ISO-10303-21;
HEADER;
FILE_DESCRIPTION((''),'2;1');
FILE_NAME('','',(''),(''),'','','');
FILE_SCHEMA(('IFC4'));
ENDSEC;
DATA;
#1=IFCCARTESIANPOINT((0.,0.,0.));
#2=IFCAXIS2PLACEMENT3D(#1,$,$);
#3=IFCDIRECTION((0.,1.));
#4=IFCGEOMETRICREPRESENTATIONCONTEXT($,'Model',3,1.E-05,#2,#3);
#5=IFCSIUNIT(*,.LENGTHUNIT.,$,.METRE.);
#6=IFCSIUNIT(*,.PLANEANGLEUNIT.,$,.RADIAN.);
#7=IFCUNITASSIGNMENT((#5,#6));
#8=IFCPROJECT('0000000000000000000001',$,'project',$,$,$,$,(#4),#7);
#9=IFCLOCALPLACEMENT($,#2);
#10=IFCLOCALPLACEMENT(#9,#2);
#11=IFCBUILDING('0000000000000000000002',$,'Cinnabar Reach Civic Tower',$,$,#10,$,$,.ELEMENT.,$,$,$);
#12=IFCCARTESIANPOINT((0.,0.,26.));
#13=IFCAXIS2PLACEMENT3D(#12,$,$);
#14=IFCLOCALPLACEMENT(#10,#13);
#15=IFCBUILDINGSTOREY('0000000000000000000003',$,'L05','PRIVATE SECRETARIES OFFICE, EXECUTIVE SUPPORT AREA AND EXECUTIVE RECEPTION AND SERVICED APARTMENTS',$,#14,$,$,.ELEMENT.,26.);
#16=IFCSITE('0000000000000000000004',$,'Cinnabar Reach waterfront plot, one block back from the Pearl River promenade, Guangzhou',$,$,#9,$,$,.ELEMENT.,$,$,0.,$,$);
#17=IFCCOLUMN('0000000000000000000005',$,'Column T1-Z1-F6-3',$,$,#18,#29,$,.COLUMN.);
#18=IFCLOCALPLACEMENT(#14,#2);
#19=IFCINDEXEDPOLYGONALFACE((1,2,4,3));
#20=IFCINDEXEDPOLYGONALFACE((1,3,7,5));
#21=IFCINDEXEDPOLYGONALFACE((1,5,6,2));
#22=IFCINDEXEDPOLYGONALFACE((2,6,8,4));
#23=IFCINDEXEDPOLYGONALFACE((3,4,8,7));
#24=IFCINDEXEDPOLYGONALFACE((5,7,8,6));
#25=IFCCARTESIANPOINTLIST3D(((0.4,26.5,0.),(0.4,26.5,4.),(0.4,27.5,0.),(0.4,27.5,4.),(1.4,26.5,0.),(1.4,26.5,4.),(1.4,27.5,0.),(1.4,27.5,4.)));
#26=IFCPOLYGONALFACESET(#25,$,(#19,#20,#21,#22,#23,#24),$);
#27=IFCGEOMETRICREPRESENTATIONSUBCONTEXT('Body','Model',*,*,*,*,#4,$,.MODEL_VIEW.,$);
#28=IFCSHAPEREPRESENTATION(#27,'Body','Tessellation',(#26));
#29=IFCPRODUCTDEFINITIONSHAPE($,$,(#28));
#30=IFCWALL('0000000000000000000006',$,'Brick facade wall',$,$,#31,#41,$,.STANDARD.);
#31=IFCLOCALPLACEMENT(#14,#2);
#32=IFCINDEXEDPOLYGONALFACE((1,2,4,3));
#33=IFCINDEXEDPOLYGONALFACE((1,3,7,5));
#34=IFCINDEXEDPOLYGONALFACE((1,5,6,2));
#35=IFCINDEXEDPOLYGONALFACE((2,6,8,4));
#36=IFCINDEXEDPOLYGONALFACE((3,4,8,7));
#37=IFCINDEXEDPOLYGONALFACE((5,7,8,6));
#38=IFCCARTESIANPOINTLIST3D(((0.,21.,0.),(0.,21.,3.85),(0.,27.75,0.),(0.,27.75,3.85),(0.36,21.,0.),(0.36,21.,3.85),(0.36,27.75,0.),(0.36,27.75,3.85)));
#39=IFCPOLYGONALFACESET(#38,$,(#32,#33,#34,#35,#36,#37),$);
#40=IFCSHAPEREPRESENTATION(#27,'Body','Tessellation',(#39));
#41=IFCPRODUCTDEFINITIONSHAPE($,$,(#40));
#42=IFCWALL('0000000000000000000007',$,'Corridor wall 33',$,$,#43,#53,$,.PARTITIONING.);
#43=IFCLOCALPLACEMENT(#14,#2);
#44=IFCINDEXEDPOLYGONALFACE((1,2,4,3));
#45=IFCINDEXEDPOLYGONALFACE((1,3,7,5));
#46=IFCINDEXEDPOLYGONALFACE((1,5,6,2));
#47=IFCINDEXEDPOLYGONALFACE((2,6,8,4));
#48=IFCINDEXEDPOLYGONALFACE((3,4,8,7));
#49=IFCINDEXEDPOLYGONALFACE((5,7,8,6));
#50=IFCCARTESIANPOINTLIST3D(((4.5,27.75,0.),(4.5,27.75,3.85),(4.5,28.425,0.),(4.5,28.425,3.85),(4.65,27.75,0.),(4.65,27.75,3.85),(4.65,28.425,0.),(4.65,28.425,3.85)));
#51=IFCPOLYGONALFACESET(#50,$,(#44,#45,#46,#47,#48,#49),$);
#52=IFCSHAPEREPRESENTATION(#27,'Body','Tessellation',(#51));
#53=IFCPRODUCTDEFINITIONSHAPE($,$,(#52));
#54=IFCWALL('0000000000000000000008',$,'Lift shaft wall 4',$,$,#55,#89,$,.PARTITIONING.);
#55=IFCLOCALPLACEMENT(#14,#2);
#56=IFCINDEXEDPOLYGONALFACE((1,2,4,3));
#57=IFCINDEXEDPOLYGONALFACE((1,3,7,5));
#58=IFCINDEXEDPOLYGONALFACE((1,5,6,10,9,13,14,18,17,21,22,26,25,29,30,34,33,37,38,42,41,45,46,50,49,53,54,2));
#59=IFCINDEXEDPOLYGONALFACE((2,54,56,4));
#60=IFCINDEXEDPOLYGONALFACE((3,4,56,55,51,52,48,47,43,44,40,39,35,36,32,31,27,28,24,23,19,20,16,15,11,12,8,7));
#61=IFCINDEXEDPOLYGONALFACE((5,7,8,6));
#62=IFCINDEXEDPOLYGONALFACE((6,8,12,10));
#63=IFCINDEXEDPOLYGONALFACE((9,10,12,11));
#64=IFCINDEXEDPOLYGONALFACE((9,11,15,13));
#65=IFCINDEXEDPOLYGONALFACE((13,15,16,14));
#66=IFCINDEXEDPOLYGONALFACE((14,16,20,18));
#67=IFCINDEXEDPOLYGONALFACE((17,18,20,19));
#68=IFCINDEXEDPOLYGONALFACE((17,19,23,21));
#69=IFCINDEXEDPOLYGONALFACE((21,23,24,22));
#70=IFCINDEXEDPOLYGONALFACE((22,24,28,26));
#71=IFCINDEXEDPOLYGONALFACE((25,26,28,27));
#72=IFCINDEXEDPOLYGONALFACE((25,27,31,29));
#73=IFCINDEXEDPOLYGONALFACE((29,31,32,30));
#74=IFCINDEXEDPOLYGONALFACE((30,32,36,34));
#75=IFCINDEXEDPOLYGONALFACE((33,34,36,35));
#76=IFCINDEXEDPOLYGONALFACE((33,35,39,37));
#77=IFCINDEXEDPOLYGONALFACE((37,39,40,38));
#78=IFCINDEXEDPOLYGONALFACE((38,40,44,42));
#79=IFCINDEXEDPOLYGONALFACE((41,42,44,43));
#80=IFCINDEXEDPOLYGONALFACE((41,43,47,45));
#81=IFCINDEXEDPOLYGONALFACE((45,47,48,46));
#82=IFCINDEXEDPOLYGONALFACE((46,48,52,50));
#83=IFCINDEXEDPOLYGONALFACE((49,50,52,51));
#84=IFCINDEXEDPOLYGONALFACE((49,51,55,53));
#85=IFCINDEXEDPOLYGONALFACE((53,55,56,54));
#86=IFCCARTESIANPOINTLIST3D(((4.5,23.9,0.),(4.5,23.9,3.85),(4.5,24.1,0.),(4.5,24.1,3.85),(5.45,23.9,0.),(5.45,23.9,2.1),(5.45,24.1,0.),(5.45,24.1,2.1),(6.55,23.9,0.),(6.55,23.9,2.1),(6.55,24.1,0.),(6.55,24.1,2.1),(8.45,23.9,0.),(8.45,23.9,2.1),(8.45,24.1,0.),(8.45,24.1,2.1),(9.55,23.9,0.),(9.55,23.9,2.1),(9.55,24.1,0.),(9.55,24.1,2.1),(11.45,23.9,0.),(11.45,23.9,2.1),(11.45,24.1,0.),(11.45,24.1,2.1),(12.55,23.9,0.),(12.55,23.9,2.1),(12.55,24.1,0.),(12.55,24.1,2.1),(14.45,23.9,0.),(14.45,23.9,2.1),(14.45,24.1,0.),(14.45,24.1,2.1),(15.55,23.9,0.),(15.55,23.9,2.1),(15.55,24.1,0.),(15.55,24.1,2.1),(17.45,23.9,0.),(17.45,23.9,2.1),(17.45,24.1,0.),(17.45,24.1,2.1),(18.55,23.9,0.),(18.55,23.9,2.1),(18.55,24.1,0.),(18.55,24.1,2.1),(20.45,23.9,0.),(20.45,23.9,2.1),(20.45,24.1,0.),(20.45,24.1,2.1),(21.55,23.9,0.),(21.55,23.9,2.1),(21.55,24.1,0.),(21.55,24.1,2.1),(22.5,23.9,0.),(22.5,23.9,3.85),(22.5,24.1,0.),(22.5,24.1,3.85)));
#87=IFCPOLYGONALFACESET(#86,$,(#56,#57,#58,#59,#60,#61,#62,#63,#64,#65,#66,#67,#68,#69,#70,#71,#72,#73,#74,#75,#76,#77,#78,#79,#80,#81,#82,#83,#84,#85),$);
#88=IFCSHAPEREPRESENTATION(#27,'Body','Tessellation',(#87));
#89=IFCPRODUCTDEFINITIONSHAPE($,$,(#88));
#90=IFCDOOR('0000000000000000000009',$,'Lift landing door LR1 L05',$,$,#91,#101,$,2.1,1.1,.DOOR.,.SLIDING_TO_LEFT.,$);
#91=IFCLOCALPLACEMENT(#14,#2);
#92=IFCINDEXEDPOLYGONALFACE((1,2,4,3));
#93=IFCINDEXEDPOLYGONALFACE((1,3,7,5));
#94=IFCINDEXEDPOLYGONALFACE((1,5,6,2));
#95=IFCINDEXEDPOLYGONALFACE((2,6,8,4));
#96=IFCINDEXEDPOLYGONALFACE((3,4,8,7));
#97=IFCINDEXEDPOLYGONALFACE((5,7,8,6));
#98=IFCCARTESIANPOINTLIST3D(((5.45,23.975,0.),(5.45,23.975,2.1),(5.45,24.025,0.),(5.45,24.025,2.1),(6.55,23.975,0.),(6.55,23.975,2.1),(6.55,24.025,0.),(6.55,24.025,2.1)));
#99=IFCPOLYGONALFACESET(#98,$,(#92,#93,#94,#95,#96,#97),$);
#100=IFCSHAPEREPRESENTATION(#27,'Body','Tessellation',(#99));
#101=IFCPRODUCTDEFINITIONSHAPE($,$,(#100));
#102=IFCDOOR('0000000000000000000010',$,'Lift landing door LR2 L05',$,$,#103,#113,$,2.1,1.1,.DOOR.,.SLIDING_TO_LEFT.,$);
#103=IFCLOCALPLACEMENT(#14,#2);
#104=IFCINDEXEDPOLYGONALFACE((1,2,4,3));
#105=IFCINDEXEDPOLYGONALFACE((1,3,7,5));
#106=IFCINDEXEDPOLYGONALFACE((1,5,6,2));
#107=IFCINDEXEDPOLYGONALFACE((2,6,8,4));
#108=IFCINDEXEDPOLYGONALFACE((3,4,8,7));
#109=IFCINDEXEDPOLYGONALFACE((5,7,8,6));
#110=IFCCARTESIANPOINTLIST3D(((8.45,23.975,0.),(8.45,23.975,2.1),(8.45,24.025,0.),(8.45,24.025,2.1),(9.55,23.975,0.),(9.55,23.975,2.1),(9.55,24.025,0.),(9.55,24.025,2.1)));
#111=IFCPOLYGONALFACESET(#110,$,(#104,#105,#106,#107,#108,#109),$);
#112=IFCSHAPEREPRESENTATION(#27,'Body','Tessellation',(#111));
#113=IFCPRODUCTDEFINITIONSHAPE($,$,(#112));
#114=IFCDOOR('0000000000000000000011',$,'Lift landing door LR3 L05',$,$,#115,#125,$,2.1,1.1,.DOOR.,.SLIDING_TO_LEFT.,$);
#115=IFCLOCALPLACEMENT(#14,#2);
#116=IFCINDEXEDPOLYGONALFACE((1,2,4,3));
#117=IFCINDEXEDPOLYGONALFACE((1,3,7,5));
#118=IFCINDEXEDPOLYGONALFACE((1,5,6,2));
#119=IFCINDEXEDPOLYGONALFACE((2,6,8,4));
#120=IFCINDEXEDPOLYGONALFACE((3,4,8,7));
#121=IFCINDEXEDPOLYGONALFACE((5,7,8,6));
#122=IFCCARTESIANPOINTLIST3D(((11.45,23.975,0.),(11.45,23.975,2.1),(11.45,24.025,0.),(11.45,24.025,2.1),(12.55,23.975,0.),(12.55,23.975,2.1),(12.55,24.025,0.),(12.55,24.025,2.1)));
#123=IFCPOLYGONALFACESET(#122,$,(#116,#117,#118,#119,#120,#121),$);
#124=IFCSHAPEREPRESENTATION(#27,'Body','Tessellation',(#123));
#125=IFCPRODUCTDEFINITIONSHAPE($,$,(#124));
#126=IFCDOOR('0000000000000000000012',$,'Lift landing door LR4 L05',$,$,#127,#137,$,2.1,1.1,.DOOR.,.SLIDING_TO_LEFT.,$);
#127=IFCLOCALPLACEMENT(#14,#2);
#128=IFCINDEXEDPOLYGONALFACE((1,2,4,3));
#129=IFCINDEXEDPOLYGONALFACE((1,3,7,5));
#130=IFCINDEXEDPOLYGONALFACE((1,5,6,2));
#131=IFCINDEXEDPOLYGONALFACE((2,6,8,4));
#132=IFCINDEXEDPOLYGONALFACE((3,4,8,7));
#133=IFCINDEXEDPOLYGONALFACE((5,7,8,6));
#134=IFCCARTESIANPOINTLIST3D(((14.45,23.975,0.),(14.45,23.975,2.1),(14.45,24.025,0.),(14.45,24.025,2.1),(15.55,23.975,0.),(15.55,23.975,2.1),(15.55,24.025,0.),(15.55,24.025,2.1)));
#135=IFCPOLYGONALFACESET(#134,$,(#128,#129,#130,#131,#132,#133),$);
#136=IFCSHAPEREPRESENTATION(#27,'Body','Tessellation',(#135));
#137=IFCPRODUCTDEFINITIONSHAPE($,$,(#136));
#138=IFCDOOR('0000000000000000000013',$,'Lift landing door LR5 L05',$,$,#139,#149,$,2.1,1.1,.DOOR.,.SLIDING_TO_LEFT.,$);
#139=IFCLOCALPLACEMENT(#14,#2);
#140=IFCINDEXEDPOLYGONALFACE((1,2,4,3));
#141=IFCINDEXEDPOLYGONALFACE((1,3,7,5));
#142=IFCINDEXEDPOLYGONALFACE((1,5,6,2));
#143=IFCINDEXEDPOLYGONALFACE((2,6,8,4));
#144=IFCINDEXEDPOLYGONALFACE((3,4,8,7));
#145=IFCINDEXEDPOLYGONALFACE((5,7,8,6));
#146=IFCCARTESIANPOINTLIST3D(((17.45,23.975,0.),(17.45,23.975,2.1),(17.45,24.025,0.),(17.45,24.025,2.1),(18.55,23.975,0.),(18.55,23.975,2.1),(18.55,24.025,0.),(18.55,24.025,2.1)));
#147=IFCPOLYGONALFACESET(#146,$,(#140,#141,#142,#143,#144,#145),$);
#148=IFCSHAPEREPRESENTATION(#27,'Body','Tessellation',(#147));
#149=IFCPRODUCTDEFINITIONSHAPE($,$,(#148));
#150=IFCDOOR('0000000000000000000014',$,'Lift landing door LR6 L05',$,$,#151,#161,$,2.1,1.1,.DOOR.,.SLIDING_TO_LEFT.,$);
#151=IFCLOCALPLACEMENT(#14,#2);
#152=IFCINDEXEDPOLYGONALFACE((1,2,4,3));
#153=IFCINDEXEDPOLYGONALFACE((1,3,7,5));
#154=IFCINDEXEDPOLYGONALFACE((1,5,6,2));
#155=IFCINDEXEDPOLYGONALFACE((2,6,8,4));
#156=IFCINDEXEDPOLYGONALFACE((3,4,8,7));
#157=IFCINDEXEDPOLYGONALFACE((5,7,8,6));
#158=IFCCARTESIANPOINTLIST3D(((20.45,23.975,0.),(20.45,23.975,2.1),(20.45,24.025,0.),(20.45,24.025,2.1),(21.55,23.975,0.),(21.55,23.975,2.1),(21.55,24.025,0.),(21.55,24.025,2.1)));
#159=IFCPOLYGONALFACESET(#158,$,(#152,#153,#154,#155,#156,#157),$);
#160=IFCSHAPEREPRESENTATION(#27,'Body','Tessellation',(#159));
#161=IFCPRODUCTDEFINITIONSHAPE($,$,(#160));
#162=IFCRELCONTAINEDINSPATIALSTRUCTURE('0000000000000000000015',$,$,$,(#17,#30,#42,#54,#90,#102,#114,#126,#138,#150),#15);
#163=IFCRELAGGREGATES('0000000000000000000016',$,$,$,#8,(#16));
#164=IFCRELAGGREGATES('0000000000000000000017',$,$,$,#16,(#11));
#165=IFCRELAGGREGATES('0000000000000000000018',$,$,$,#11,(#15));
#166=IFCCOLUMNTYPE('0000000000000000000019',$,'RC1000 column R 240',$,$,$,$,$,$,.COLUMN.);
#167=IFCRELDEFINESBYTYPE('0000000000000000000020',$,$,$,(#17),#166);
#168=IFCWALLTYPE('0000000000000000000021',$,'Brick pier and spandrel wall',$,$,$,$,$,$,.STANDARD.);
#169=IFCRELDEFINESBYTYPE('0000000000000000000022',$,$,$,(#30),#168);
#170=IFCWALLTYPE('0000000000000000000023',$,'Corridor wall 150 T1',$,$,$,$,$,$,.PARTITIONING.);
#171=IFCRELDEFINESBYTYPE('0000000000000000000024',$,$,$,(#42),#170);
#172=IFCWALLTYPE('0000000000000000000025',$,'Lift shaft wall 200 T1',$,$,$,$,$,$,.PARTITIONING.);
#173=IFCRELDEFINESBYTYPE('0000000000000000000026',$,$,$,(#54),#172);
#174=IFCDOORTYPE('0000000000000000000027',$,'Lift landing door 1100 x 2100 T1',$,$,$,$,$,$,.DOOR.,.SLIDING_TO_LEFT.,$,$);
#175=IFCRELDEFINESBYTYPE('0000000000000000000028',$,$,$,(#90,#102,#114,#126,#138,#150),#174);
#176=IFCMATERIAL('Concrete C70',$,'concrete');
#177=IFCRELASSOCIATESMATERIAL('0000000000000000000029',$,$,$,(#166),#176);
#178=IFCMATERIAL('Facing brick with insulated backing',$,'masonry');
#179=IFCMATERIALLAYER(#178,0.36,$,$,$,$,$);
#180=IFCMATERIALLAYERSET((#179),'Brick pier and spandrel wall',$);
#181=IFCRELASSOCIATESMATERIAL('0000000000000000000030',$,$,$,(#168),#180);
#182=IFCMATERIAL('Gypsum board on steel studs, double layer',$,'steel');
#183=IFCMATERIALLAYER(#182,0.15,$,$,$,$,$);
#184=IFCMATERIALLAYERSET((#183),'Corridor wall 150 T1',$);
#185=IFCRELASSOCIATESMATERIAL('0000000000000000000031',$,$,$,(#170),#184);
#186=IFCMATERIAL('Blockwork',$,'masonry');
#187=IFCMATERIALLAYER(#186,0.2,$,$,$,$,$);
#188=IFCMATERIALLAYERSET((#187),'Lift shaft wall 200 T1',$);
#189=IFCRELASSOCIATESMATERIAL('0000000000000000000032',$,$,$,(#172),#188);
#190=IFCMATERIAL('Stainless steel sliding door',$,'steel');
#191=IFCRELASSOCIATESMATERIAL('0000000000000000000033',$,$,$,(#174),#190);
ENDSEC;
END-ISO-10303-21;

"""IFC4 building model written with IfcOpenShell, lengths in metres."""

from ifc_helpers import new_model, si_unit, direction, frame, frame_2d, origin, origin_2d, place, context, subcontext, project, spatial, rectangle, extrude, material, layer, layer_set, material_profile, profile_set, type_object, element, fill, save


model = new_model("IFC4")

# Units and contexts
model_context = context("Model", 3, precision=1e-05, world=origin(), true_north=direction((0.0, 1.0)))
body_context = subcontext(model_context, "Body", "Model", "MODEL_VIEW")
ifc_project = project(units=[si_unit("LENGTHUNIT", "METRE"), si_unit("PLANEANGLEUNIT", "RADIAN")], contexts=[model_context])

# Site, building, storey
site_placement = place(None, origin())
site = spatial("IfcSite", under=ifc_project, at=site_placement, Name="Cinnabar Reach waterfront plot, one block back from the Pearl River promenade, Guangzhou", CompositionType="ELEMENT", RefElevation=0.0)
building_placement = place(site_placement, origin())
building = spatial("IfcBuilding", under=site, at=building_placement, Name="Cinnabar Reach Civic Tower", CompositionType="ELEMENT")
storey_placement = place(building_placement, frame((0.0, 0.0, 26.0)))
storey = spatial("IfcBuildingStorey", under=building, at=storey_placement, Name="L05", Description="PRIVATE SECRETARIES OFFICE, EXECUTIVE SUPPORT AREA AND EXECUTIVE RECEPTION AND SERVICED APARTMENTS", CompositionType="ELEMENT", Elevation=26.0)

# Column
ifc_material_1 = material(Name="Concrete C70", Category="concrete")
ifc_material_profile = material_profile(ifc_material_1, rectangle(XDim=1.0, YDim=1.0, at=origin_2d()), Name="RC1000")
ifc_profile_set = profile_set([ifc_material_profile], Name="Concrete C70")
column_type = type_object("IfcColumnType", Name="RC1000 column R 240", PredefinedType="COLUMN", material=ifc_profile_set)
column_placement = place(storey_placement, frame((0.9, 27.0, 0.0), z_axis=(0.0, 0.0, 1.0), x_axis=(1.0, 0.0, 0.0)))
element("IfcColumn", 1, at=column_placement, inside=storey, type_object=column_type, Name="Column T1-Z1-F6-3", PredefinedType="COLUMN", context=body_context, shape_type="SweptSolid", body=[
    extrude(rectangle(XDim=1.0, YDim=1.0, at=origin_2d()), origin(), (0.0, 0.0, 1.0), 4.0),
])

# Walls
ifc_material_2 = material(Name="Facing brick with insulated backing", Category="masonry")
ifc_layer_1 = layer(ifc_material_2, 0.36)
ifc_layer_set_1 = layer_set([ifc_layer_1], Name="Brick pier and spandrel wall")
wall_type_1 = type_object("IfcWallType", Name="Brick pier and spandrel wall", PredefinedType="STANDARD", material=ifc_layer_set_1)
wall_1_placement = place(storey_placement, frame((0.18, 27.75, 0.0), z_axis=(0.0, 0.0, 1.0), x_axis=(0.0, -1.0, 0.0)))
element("IfcWall", 2, at=wall_1_placement, inside=storey, type_object=wall_type_1, Name="Brick facade wall", PredefinedType="STANDARD", context=body_context, shape_type="SweptSolid", body=[
    extrude(rectangle(XDim=6.75, YDim=0.36, at=frame_2d((3.375, 0.0))), origin(), (0.0, 0.0, 1.0), 3.85),
])
ifc_material_3 = material(Name="Gypsum board on steel studs, double layer", Category="steel")
ifc_layer_2 = layer(ifc_material_3, 0.15)
ifc_layer_set_2 = layer_set([ifc_layer_2], Name="Corridor wall 150 T1")
wall_type_2 = type_object("IfcWallType", Name="Corridor wall 150 T1", PredefinedType="PARTITIONING", material=ifc_layer_set_2)
wall_2_placement = place(storey_placement, frame((4.575, 27.75, 0.0), z_axis=(0.0, 0.0, 1.0), x_axis=(0.0, 1.0, 0.0)))
element("IfcWall", 3, at=wall_2_placement, inside=storey, type_object=wall_type_2, Name="Corridor wall 33", PredefinedType="PARTITIONING", context=body_context, shape_type="SweptSolid", body=[
    extrude(rectangle(XDim=0.675, YDim=0.15, at=frame_2d((0.3375, 0.0))), origin(), (0.0, 0.0, 1.0), 3.85),
])

# Wall, openings, doors
ifc_material_4 = material(Name="Blockwork", Category="masonry")
ifc_layer_3 = layer(ifc_material_4, 0.2)
ifc_layer_set_3 = layer_set([ifc_layer_3], Name="Lift shaft wall 200 T1")
wall_type_3 = type_object("IfcWallType", Name="Lift shaft wall 200 T1", PredefinedType="PARTITIONING", material=ifc_layer_set_3)
wall_3_placement = place(storey_placement, frame((4.5, 24.0, 0.0), z_axis=(0.0, 0.0, 1.0), x_axis=(1.0, 0.0, 0.0)))
wall_3 = element("IfcWall", 4, at=wall_3_placement, inside=storey, type_object=wall_type_3, Name="Lift shaft wall 4", PredefinedType="PARTITIONING", context=body_context, shape_type="SweptSolid", body=[
    extrude(rectangle(XDim=18.0, YDim=0.2, at=frame_2d((9.0, 0.0))), origin(), (0.0, 0.0, 1.0), 3.85),
])
opening_1_placement = place(wall_3_placement, frame((0.95, 0.0, 0.0)))
opening_1 = element("IfcOpeningElement", 5, at=opening_1_placement, cuts=wall_3, PredefinedType="OPENING", context=body_context, shape_type="SweptSolid", body=[
    extrude(rectangle(XDim=1.1, YDim=2.1, at=frame_2d((0.55, 1.05))), frame((0.0, 0.11, 0.0), z_axis=(0.0, -1.0, 0.0), x_axis=(1.0, 0.0, 0.0)), (0.0, 0.0, 1.0), 0.22),
])
opening_2_placement = place(wall_3_placement, frame((3.95, 0.0, 0.0)))
opening_2 = element("IfcOpeningElement", 6, at=opening_2_placement, cuts=wall_3, PredefinedType="OPENING", context=body_context, shape_type="SweptSolid", body=[
    extrude(rectangle(XDim=1.1, YDim=2.1, at=frame_2d((0.55, 1.05))), frame((0.0, 0.11, 0.0), z_axis=(0.0, -1.0, 0.0), x_axis=(1.0, 0.0, 0.0)), (0.0, 0.0, 1.0), 0.22),
])
opening_3_placement = place(wall_3_placement, frame((6.95, 0.0, 0.0)))
opening_3 = element("IfcOpeningElement", 7, at=opening_3_placement, cuts=wall_3, PredefinedType="OPENING", context=body_context, shape_type="SweptSolid", body=[
    extrude(rectangle(XDim=1.1, YDim=2.1, at=frame_2d((0.55, 1.05))), frame((0.0, 0.11, 0.0), z_axis=(0.0, -1.0, 0.0), x_axis=(1.0, 0.0, 0.0)), (0.0, 0.0, 1.0), 0.22),
])
opening_4_placement = place(wall_3_placement, frame((9.95, 0.0, 0.0)))
opening_4 = element("IfcOpeningElement", 8, at=opening_4_placement, cuts=wall_3, PredefinedType="OPENING", context=body_context, shape_type="SweptSolid", body=[
    extrude(rectangle(XDim=1.1, YDim=2.1, at=frame_2d((0.55, 1.05))), frame((0.0, 0.11, 0.0), z_axis=(0.0, -1.0, 0.0), x_axis=(1.0, 0.0, 0.0)), (0.0, 0.0, 1.0), 0.22),
])
opening_5_placement = place(wall_3_placement, frame((12.95, 0.0, 0.0)))
opening_5 = element("IfcOpeningElement", 9, at=opening_5_placement, cuts=wall_3, PredefinedType="OPENING", context=body_context, shape_type="SweptSolid", body=[
    extrude(rectangle(XDim=1.1, YDim=2.1, at=frame_2d((0.55, 1.05))), frame((0.0, 0.11, 0.0), z_axis=(0.0, -1.0, 0.0), x_axis=(1.0, 0.0, 0.0)), (0.0, 0.0, 1.0), 0.22),
])
opening_6_placement = place(wall_3_placement, frame((15.95, 0.0, 0.0)))
opening_6 = element("IfcOpeningElement", 10, at=opening_6_placement, cuts=wall_3, PredefinedType="OPENING", context=body_context, shape_type="SweptSolid", body=[
    extrude(rectangle(XDim=1.1, YDim=2.1, at=frame_2d((0.55, 1.05))), frame((0.0, 0.11, 0.0), z_axis=(0.0, -1.0, 0.0), x_axis=(1.0, 0.0, 0.0)), (0.0, 0.0, 1.0), 0.22),
])
ifc_material_5 = material(Name="Stainless steel sliding door", Category="steel")
door_type_1 = type_object("IfcDoorType", Name="Lift landing door 1100 x 2100 T1", OperationType="SLIDING_TO_LEFT", PredefinedType="DOOR", material=ifc_material_5)
door_1_placement = place(opening_1_placement, origin())
door_1 = element("IfcDoor", 11, at=door_1_placement, inside=storey, type_object=door_type_1, Name="Lift landing door LR1 L05", OperationType="SLIDING_TO_LEFT", OverallHeight=2.1, OverallWidth=1.1, PredefinedType="DOOR", context=body_context, shape_type="SweptSolid", body=[
    extrude(rectangle(XDim=1.1, YDim=2.1, at=frame_2d((0.55, 1.05))), frame((0.0, 0.025, 0.0), z_axis=(0.0, -1.0, 0.0), x_axis=(1.0, 0.0, 0.0)), (0.0, 0.0, 1.0), 0.05),
])
fill(opening_1, door_1)
door_2_placement = place(opening_2_placement, origin())
door_2 = element("IfcDoor", 12, at=door_2_placement, inside=storey, type_object=door_type_1, Name="Lift landing door LR2 L05", OperationType="SLIDING_TO_LEFT", OverallHeight=2.1, OverallWidth=1.1, PredefinedType="DOOR", context=body_context, shape_type="SweptSolid", body=[
    extrude(rectangle(XDim=1.1, YDim=2.1, at=frame_2d((0.55, 1.05))), frame((0.0, 0.025, 0.0), z_axis=(0.0, -1.0, 0.0), x_axis=(1.0, 0.0, 0.0)), (0.0, 0.0, 1.0), 0.05),
])
fill(opening_2, door_2)
door_3_placement = place(opening_3_placement, origin())
door_3 = element("IfcDoor", 13, at=door_3_placement, inside=storey, type_object=door_type_1, Name="Lift landing door LR3 L05", OperationType="SLIDING_TO_LEFT", OverallHeight=2.1, OverallWidth=1.1, PredefinedType="DOOR", context=body_context, shape_type="SweptSolid", body=[
    extrude(rectangle(XDim=1.1, YDim=2.1, at=frame_2d((0.55, 1.05))), frame((0.0, 0.025, 0.0), z_axis=(0.0, -1.0, 0.0), x_axis=(1.0, 0.0, 0.0)), (0.0, 0.0, 1.0), 0.05),
])
fill(opening_3, door_3)
door_4_placement = place(opening_4_placement, origin())
door_4 = element("IfcDoor", 14, at=door_4_placement, inside=storey, type_object=door_type_1, Name="Lift landing door LR4 L05", OperationType="SLIDING_TO_LEFT", OverallHeight=2.1, OverallWidth=1.1, PredefinedType="DOOR", context=body_context, shape_type="SweptSolid", body=[
    extrude(rectangle(XDim=1.1, YDim=2.1, at=frame_2d((0.55, 1.05))), frame((0.0, 0.025, 0.0), z_axis=(0.0, -1.0, 0.0), x_axis=(1.0, 0.0, 0.0)), (0.0, 0.0, 1.0), 0.05),
])
fill(opening_4, door_4)
door_5_placement = place(opening_5_placement, origin())
door_5 = element("IfcDoor", 15, at=door_5_placement, inside=storey, type_object=door_type_1, Name="Lift landing door LR5 L05", OperationType="SLIDING_TO_LEFT", OverallHeight=2.1, OverallWidth=1.1, PredefinedType="DOOR", context=body_context, shape_type="SweptSolid", body=[
    extrude(rectangle(XDim=1.1, YDim=2.1, at=frame_2d((0.55, 1.05))), frame((0.0, 0.025, 0.0), z_axis=(0.0, -1.0, 0.0), x_axis=(1.0, 0.0, 0.0)), (0.0, 0.0, 1.0), 0.05),
])
fill(opening_5, door_5)
door_6_placement = place(opening_6_placement, origin())
door_6 = element("IfcDoor", 16, at=door_6_placement, inside=storey, type_object=door_type_1, Name="Lift landing door LR6 L05", OperationType="SLIDING_TO_LEFT", OverallHeight=2.1, OverallWidth=1.1, PredefinedType="DOOR", context=body_context, shape_type="SweptSolid", body=[
    extrude(rectangle(XDim=1.1, YDim=2.1, at=frame_2d((0.55, 1.05))), frame((0.0, 0.025, 0.0), z_axis=(0.0, -1.0, 0.0), x_axis=(1.0, 0.0, 0.0)), (0.0, 0.0, 1.0), 0.05),
])
fill(opening_6, door_6)

save(model, "model.ifc")
